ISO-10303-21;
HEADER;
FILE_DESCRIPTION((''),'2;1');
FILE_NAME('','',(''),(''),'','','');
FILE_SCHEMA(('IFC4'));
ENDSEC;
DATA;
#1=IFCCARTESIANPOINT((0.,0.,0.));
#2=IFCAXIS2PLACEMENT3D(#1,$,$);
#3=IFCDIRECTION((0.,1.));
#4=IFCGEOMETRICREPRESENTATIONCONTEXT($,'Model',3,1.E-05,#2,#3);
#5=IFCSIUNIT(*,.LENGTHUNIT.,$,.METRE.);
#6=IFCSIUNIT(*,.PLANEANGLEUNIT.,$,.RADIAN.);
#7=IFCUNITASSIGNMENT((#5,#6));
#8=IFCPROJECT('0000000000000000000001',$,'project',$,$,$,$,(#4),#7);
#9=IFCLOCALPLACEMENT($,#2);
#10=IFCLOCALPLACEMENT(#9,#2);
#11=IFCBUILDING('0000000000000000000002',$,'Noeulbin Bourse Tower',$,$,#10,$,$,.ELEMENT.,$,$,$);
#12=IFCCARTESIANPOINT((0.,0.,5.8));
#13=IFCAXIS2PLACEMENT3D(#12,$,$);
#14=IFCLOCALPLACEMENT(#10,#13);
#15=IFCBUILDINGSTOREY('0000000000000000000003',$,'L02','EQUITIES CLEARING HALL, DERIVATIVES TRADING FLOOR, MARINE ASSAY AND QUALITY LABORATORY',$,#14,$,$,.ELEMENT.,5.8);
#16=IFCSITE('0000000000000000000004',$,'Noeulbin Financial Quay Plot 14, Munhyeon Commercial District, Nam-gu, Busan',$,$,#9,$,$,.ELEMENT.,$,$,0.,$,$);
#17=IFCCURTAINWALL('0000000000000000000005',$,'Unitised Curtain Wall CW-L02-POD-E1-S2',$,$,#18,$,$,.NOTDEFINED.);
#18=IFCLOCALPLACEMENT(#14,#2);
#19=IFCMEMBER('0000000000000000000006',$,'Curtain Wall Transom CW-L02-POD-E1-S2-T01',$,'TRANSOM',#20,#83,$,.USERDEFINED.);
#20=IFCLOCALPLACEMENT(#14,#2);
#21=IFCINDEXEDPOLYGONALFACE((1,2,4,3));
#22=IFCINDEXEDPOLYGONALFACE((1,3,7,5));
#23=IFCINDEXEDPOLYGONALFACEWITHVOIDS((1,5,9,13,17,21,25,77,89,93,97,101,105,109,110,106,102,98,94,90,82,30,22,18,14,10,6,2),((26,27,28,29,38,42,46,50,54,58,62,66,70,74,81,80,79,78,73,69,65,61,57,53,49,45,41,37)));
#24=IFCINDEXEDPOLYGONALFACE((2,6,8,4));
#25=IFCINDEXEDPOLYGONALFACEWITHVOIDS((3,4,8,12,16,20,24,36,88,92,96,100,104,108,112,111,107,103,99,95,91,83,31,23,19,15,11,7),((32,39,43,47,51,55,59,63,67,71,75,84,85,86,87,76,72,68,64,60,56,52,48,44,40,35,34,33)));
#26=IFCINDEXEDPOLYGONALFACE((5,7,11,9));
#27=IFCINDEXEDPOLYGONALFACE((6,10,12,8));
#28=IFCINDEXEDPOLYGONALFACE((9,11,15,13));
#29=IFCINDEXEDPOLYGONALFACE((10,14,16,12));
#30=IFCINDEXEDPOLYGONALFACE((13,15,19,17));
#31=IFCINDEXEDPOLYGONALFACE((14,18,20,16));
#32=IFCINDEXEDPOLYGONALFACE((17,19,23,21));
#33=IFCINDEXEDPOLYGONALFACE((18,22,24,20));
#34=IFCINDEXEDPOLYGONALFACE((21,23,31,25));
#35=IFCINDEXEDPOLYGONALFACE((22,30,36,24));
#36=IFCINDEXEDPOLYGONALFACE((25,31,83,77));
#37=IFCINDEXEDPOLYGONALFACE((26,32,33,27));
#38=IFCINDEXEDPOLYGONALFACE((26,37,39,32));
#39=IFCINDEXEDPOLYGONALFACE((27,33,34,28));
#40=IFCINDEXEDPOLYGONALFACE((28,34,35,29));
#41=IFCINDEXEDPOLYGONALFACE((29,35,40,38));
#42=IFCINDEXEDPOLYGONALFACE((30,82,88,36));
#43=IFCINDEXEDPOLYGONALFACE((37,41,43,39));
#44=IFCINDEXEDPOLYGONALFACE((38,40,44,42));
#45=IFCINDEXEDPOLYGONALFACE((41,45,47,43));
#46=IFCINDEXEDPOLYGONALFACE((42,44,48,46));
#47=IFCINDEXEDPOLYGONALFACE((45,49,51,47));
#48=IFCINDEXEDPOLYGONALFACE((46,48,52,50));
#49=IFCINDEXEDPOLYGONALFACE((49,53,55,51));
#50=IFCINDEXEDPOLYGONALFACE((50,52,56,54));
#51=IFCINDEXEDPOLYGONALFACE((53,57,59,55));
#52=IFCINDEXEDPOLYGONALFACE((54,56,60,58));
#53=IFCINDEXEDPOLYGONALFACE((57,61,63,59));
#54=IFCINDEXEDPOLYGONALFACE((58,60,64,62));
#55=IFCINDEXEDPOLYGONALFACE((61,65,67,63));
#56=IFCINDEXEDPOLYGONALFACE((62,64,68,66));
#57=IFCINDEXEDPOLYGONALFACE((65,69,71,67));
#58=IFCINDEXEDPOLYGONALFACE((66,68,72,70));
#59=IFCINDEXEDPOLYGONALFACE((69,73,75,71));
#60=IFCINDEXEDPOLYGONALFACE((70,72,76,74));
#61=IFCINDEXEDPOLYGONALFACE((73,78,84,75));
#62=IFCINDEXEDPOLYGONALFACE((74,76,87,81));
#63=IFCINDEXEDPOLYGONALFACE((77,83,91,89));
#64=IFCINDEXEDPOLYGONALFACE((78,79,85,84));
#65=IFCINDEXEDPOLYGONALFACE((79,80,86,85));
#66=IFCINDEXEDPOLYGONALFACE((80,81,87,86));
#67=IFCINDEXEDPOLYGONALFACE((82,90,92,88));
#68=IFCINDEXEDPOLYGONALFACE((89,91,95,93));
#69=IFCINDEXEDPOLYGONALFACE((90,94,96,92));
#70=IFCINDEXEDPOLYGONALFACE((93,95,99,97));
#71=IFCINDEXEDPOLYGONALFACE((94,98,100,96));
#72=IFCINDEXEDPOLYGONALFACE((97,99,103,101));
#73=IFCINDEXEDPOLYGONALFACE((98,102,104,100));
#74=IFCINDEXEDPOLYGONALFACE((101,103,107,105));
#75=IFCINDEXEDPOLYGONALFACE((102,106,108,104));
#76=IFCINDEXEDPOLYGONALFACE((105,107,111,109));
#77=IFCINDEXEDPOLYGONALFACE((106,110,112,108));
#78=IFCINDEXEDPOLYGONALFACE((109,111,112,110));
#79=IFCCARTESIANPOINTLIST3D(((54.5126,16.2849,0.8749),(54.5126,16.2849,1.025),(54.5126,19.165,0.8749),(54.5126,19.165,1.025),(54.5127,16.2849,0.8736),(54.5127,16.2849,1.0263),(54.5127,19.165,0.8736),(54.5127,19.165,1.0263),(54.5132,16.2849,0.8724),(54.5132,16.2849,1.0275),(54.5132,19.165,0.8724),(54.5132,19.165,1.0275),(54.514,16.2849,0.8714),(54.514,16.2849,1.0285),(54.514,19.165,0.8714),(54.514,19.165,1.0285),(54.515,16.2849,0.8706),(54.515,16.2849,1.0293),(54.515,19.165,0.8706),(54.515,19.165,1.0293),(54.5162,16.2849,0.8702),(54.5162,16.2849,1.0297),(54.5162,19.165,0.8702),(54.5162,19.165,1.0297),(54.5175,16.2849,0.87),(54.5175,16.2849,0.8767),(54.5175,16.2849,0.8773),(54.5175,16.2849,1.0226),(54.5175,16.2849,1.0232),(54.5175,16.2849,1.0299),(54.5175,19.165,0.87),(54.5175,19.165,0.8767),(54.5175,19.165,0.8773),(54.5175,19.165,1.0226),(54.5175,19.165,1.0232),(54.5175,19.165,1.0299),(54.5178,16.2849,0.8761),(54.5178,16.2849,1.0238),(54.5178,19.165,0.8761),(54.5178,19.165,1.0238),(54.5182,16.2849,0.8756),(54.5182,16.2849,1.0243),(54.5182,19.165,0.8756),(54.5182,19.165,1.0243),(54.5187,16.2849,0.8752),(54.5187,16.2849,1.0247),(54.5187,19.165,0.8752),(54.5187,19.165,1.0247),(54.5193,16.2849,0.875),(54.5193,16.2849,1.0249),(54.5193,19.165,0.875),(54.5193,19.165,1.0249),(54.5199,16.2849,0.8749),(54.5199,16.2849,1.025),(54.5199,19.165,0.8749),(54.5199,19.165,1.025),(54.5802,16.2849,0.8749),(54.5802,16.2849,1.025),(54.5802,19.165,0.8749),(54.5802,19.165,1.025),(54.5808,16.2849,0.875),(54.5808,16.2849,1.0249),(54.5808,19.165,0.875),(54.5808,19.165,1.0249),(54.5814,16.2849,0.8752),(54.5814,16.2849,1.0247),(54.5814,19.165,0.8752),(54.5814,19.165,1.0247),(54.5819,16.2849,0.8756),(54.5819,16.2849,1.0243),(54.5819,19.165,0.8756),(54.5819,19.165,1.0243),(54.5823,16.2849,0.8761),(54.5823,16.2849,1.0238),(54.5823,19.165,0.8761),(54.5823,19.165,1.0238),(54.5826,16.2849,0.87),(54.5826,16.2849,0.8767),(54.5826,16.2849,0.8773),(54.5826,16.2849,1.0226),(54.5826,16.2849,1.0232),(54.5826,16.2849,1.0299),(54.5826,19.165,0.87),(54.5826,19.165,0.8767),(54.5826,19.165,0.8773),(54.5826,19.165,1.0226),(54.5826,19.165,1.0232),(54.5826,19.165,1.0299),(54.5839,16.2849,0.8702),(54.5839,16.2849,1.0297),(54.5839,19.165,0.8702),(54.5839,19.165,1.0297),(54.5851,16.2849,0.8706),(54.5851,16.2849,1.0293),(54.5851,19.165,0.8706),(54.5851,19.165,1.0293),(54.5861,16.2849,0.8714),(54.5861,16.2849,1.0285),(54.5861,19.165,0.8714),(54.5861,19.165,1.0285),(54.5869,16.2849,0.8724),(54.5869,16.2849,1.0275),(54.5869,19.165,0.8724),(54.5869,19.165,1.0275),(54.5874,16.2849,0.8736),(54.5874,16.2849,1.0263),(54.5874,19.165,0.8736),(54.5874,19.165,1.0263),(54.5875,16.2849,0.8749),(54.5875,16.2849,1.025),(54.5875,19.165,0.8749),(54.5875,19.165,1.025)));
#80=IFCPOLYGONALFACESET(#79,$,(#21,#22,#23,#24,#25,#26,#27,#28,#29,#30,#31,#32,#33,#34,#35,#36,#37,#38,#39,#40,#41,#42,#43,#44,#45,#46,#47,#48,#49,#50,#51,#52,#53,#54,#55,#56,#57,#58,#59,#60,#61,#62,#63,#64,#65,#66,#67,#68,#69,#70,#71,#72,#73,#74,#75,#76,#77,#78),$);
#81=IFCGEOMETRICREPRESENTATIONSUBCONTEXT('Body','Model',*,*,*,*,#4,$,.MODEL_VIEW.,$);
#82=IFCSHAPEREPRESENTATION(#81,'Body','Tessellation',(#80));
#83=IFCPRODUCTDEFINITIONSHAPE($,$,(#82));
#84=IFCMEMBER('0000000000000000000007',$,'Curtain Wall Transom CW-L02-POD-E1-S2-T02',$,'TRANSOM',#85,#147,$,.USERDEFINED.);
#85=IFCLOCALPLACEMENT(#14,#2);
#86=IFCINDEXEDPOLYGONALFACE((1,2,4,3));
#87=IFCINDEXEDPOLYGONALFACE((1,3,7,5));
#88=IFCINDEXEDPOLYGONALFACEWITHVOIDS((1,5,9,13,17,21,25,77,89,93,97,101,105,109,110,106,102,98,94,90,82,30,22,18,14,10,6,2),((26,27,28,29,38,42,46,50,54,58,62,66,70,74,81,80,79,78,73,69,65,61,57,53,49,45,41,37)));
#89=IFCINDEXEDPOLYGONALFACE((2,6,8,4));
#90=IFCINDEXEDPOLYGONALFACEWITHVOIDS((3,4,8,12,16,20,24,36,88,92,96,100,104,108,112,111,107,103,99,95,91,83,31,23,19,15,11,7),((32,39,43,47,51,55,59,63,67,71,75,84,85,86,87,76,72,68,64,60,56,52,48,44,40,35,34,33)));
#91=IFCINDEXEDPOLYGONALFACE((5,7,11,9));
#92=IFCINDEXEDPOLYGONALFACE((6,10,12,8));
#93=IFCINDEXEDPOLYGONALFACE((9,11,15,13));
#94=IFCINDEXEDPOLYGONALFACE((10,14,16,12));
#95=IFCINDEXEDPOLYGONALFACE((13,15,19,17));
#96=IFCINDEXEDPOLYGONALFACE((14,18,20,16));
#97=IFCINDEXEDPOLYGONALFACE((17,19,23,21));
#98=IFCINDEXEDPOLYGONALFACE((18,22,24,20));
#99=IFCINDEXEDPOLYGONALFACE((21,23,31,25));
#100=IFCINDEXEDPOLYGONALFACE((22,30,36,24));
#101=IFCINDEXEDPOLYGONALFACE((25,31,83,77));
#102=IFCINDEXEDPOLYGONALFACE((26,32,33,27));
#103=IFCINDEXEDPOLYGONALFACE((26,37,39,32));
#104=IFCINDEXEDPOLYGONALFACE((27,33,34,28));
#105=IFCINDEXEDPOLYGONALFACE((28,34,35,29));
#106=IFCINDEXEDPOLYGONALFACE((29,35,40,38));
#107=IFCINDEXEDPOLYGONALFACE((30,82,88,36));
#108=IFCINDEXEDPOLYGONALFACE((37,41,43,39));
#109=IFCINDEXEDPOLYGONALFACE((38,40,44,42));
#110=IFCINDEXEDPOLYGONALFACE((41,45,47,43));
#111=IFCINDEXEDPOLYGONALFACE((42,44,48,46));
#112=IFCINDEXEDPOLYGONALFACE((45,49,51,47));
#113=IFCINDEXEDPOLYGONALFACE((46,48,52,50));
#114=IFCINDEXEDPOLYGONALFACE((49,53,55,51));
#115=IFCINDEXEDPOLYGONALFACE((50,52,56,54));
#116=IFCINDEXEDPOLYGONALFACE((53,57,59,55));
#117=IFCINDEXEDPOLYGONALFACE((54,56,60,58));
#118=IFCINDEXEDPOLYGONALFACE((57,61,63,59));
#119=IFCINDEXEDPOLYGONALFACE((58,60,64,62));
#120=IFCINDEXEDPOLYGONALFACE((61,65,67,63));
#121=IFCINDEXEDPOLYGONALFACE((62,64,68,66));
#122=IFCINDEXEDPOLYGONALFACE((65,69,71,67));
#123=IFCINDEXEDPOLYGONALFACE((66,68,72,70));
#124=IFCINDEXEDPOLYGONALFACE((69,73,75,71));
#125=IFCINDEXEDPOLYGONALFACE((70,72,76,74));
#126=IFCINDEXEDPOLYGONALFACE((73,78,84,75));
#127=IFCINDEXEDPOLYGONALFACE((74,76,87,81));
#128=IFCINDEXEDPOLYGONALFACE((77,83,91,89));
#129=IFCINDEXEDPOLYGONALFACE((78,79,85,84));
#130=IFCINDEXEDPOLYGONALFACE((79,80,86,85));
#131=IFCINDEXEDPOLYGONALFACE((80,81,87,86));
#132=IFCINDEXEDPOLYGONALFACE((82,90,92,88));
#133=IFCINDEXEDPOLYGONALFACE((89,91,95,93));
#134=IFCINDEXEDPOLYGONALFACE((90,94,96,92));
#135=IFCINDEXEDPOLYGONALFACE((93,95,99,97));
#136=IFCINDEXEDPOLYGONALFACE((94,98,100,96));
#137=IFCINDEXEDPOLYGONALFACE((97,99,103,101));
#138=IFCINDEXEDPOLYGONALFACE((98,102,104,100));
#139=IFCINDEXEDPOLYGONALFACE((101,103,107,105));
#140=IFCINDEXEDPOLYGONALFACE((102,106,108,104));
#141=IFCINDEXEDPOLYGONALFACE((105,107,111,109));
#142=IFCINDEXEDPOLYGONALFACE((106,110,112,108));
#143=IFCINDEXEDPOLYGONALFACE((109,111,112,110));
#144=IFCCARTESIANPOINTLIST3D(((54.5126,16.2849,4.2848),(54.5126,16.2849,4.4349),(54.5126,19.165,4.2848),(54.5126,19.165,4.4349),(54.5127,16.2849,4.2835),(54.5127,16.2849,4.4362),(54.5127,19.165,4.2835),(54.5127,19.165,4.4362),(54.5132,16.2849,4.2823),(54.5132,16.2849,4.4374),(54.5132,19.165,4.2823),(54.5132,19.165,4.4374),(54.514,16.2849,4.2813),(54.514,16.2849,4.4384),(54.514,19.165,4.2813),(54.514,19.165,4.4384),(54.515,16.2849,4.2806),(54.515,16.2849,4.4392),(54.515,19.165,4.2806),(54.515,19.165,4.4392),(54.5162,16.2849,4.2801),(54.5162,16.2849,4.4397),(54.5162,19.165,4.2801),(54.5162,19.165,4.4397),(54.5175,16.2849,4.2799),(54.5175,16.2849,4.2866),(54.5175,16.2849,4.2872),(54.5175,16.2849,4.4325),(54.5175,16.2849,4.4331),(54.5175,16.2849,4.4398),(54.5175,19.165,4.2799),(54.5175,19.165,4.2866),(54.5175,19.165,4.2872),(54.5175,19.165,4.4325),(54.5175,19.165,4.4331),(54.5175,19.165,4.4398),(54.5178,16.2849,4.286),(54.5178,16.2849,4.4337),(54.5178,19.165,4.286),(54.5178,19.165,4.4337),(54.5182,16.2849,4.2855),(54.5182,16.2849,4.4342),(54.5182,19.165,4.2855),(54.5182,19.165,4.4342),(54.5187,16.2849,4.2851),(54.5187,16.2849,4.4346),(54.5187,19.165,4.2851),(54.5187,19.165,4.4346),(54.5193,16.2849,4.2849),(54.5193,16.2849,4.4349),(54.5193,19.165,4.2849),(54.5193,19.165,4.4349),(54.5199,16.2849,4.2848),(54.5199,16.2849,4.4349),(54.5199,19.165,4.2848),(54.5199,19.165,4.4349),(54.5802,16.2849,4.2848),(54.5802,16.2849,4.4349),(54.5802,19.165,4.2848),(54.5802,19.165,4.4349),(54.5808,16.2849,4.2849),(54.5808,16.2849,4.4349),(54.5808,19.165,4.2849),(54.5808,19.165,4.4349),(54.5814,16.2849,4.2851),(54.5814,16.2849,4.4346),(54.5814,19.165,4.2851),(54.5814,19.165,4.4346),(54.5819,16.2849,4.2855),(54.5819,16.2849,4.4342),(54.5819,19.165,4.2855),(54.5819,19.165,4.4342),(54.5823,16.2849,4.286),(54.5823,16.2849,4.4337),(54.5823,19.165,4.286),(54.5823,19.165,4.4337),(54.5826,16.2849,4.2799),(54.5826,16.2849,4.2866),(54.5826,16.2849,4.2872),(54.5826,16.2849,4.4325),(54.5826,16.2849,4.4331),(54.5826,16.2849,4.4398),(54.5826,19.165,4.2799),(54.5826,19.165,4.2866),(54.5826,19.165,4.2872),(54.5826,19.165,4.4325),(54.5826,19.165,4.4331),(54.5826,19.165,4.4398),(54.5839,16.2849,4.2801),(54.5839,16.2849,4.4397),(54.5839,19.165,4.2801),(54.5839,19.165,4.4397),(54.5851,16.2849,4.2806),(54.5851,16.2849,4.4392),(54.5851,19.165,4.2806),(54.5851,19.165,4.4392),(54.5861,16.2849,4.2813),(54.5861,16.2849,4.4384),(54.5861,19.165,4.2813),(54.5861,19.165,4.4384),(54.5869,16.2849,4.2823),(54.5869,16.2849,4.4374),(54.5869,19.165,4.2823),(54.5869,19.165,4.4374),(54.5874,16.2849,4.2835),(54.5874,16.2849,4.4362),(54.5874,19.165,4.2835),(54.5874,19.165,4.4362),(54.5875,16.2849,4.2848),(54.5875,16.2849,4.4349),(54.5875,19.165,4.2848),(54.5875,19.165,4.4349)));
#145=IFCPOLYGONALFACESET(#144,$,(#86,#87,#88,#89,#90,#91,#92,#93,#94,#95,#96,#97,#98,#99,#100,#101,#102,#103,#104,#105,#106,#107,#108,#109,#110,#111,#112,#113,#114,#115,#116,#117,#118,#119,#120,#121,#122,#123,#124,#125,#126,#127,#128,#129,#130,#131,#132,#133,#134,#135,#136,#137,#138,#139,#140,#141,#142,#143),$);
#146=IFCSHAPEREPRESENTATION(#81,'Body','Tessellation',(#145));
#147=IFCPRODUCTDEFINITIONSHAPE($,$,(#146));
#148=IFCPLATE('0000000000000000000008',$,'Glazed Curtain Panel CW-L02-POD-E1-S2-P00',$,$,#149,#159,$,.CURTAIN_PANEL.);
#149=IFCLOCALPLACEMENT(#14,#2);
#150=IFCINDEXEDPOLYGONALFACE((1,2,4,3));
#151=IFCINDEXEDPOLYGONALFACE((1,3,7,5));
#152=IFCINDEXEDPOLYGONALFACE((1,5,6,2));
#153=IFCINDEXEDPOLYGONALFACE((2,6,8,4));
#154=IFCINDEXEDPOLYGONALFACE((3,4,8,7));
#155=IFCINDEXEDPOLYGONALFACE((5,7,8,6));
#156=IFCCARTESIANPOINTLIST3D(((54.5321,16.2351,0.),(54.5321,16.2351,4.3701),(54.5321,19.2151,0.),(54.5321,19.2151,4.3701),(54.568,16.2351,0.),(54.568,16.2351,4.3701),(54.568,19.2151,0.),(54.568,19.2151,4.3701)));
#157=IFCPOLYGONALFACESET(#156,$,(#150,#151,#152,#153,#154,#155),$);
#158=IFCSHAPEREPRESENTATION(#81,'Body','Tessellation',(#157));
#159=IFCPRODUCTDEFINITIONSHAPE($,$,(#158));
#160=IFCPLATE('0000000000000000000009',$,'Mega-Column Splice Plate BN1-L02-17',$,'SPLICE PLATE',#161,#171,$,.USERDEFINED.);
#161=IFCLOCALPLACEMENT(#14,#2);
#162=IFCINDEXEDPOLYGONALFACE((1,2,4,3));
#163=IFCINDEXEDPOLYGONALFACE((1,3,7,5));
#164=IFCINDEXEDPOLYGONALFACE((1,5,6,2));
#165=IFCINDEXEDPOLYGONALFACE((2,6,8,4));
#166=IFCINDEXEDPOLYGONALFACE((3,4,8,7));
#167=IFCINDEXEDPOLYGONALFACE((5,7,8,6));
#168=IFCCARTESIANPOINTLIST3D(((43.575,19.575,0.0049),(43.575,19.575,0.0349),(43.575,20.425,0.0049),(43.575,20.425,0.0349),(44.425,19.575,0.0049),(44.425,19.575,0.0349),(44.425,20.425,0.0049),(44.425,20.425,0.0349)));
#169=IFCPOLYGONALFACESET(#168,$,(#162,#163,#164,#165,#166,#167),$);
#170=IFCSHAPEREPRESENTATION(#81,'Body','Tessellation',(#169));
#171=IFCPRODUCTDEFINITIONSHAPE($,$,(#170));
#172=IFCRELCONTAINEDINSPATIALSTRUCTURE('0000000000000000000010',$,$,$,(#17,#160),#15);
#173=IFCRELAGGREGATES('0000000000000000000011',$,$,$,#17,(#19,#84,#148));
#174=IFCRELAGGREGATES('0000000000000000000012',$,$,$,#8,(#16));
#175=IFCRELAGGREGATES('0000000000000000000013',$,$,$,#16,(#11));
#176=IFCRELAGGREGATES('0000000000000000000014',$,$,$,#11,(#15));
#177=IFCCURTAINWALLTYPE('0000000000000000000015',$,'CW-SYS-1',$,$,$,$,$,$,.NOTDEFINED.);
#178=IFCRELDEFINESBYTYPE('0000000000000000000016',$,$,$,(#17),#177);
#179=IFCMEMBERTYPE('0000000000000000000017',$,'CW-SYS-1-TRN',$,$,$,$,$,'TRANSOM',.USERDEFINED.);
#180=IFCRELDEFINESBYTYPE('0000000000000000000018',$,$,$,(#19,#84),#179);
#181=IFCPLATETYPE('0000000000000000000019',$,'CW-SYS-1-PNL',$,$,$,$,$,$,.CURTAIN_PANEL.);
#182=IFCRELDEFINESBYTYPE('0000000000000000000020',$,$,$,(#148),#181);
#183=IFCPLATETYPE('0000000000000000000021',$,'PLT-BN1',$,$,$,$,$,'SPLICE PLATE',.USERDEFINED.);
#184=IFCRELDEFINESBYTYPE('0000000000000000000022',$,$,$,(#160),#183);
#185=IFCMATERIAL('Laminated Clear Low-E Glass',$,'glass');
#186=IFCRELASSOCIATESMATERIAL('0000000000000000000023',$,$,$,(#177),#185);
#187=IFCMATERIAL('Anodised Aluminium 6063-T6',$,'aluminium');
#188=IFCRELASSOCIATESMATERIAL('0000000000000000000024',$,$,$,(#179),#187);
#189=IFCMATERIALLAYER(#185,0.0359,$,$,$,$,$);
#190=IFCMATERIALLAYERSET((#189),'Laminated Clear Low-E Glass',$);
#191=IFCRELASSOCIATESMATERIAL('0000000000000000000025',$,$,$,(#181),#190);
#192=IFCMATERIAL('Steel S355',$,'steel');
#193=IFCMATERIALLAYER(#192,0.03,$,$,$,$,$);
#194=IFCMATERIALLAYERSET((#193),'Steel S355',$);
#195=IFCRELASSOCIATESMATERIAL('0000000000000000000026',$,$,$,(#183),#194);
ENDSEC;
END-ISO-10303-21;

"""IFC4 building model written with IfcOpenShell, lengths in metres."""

from ifc_helpers import new_model, si_unit, direction, frame, origin, origin_2d, place, context, subcontext, project, spatial, rectangle, hollow_rectangle, extrude, material, layer, layer_set, material_profile, profile_set, type_object, element, aggregate, save


model = new_model("IFC4")

# Units and contexts
model_context = context("Model", 3, precision=1e-05, world=origin(), true_north=direction((0.0, 1.0)))
body_context = subcontext(model_context, "Body", "Model", "MODEL_VIEW")
ifc_project = project(units=[si_unit("LENGTHUNIT", "METRE"), si_unit("PLANEANGLEUNIT", "RADIAN")], contexts=[model_context])

# Site, building, storey
site_placement = place(None, origin())
site = spatial("IfcSite", under=ifc_project, at=site_placement, Name="Noeulbin Financial Quay Plot 14, Munhyeon Commercial District, Nam-gu, Busan", CompositionType="ELEMENT", RefElevation=0.0)
building_placement = place(site_placement, origin())
building = spatial("IfcBuilding", under=site, at=building_placement, Name="Noeulbin Bourse Tower", CompositionType="ELEMENT")
storey_placement = place(building_placement, frame((0.0, 0.0, 5.8)))
storey = spatial("IfcBuildingStorey", under=building, at=storey_placement, Name="L02", Description="EQUITIES CLEARING HALL, DERIVATIVES TRADING FLOOR, MARINE ASSAY AND QUALITY LABORATORY", CompositionType="ELEMENT", Elevation=5.8)

# Shared definitions
ifc_material_1 = material(Name="Steel S355", Category="steel")

# Curtain wall, members, plate
ifc_material_2 = material(Name="Laminated Clear Low-E Glass", Category="glass")
curtain_wall_type = type_object("IfcCurtainWallType", Name="CW-SYS-1", PredefinedType="NOTDEFINED", material=ifc_material_2)
curtain_wall_placement = place(storey_placement, origin())
curtain_wall = element("IfcCurtainWall", 1, at=curtain_wall_placement, inside=storey, type_object=curtain_wall_type, Name="Unitised Curtain Wall CW-L02-POD-E1-S2", PredefinedType="NOTDEFINED")
ifc_material_3 = material(Name="Anodised Aluminium 6063-T6", Category="aluminium")
ifc_material_profile_1 = material_profile(ifc_material_3, hollow_rectangle(XDim=0.075, YDim=0.1599, WallThickness=0.0049, InnerFilletRadius=0.0024, OuterFilletRadius=0.0049, at=origin_2d()), Name="ALU-TRAN-75x160x5", Category="LoadBearing")
ifc_profile_set_1 = profile_set([ifc_material_profile_1], Name="Anodised Aluminium 6063-T6")
member_type_1 = type_object("IfcMemberType", Name="CW-SYS-1-TRN", ElementType="TRANSOM", PredefinedType="USERDEFINED", material=ifc_profile_set_1)
member_1_placement = place(storey_placement, frame((54.55, 16.2849, 0.95), z_axis=(0.0, 1.0, 0.0), x_axis=(-1.0, 0.0, 0.0)))
member_1 = element("IfcMember", 2, at=member_1_placement, type_object=member_type_1, Name="Curtain Wall Transom CW-L02-POD-E1-S2-T01", ObjectType="TRANSOM", PredefinedType="USERDEFINED", context=body_context, shape_type="SweptSolid", body=[
    extrude(hollow_rectangle(XDim=0.075, YDim=0.1599, WallThickness=0.0049, InnerFilletRadius=0.0024, OuterFilletRadius=0.0049, at=origin_2d()), origin(), (0.0, 0.0, 1.0), 2.8801),
])
member_2_placement = place(storey_placement, frame((54.55, 16.2849, 4.3599), z_axis=(0.0, 1.0, 0.0), x_axis=(-1.0, 0.0, 0.0)))
member_2 = element("IfcMember", 3, at=member_2_placement, type_object=member_type_1, Name="Curtain Wall Transom CW-L02-POD-E1-S2-T02", ObjectType="TRANSOM", PredefinedType="USERDEFINED", context=body_context, shape_type="SweptSolid", body=[
    extrude(hollow_rectangle(XDim=0.075, YDim=0.1599, WallThickness=0.0049, InnerFilletRadius=0.0024, OuterFilletRadius=0.0049, at=origin_2d()), origin(), (0.0, 0.0, 1.0), 2.8801),
])
ifc_layer_1 = layer(ifc_material_2, 0.0359)
ifc_layer_set_1 = layer_set([ifc_layer_1], Name="Laminated Clear Low-E Glass")
plate_type_1 = type_object("IfcPlateType", Name="CW-SYS-1-PNL", PredefinedType="CURTAIN_PANEL", material=ifc_layer_set_1)
plate_1_placement = place(storey_placement, frame((54.55, 17.7251, 0.0), z_axis=(0.0, 0.0, 1.0), x_axis=(0.0, 1.0, 0.0)))
plate_1 = element("IfcPlate", 4, at=plate_1_placement, type_object=plate_type_1, Name="Glazed Curtain Panel CW-L02-POD-E1-S2-P00", PredefinedType="CURTAIN_PANEL", context=body_context, shape_type="SweptSolid", body=[
    extrude(rectangle(XDim=2.98, YDim=0.0359, at=origin_2d()), origin(), (0.0, 0.0, 1.0), 4.3701),
])
aggregate(curtain_wall, [member_1, member_2, plate_1])

# Plate
ifc_layer_2 = layer(ifc_material_1, 0.03)
ifc_layer_set_2 = layer_set([ifc_layer_2], Name="Steel S355")
plate_type_2 = type_object("IfcPlateType", Name="PLT-BN1", ElementType="SPLICE PLATE", PredefinedType="USERDEFINED", material=ifc_layer_set_2)
plate_2_placement = place(storey_placement, frame((44.0, 20.0, 0.0049), z_axis=(0.0, 0.0, 1.0), x_axis=(1.0, 0.0, 0.0)))
element("IfcPlate", 5, at=plate_2_placement, inside=storey, type_object=plate_type_2, Name="Mega-Column Splice Plate BN1-L02-17", ObjectType="SPLICE PLATE", PredefinedType="USERDEFINED", context=body_context, shape_type="SweptSolid", body=[
    extrude(rectangle(XDim=0.8501, YDim=0.8501, at=origin_2d()), origin(), (0.0, 0.0, 1.0), 0.03),
])

save(model, "model.ifc")
